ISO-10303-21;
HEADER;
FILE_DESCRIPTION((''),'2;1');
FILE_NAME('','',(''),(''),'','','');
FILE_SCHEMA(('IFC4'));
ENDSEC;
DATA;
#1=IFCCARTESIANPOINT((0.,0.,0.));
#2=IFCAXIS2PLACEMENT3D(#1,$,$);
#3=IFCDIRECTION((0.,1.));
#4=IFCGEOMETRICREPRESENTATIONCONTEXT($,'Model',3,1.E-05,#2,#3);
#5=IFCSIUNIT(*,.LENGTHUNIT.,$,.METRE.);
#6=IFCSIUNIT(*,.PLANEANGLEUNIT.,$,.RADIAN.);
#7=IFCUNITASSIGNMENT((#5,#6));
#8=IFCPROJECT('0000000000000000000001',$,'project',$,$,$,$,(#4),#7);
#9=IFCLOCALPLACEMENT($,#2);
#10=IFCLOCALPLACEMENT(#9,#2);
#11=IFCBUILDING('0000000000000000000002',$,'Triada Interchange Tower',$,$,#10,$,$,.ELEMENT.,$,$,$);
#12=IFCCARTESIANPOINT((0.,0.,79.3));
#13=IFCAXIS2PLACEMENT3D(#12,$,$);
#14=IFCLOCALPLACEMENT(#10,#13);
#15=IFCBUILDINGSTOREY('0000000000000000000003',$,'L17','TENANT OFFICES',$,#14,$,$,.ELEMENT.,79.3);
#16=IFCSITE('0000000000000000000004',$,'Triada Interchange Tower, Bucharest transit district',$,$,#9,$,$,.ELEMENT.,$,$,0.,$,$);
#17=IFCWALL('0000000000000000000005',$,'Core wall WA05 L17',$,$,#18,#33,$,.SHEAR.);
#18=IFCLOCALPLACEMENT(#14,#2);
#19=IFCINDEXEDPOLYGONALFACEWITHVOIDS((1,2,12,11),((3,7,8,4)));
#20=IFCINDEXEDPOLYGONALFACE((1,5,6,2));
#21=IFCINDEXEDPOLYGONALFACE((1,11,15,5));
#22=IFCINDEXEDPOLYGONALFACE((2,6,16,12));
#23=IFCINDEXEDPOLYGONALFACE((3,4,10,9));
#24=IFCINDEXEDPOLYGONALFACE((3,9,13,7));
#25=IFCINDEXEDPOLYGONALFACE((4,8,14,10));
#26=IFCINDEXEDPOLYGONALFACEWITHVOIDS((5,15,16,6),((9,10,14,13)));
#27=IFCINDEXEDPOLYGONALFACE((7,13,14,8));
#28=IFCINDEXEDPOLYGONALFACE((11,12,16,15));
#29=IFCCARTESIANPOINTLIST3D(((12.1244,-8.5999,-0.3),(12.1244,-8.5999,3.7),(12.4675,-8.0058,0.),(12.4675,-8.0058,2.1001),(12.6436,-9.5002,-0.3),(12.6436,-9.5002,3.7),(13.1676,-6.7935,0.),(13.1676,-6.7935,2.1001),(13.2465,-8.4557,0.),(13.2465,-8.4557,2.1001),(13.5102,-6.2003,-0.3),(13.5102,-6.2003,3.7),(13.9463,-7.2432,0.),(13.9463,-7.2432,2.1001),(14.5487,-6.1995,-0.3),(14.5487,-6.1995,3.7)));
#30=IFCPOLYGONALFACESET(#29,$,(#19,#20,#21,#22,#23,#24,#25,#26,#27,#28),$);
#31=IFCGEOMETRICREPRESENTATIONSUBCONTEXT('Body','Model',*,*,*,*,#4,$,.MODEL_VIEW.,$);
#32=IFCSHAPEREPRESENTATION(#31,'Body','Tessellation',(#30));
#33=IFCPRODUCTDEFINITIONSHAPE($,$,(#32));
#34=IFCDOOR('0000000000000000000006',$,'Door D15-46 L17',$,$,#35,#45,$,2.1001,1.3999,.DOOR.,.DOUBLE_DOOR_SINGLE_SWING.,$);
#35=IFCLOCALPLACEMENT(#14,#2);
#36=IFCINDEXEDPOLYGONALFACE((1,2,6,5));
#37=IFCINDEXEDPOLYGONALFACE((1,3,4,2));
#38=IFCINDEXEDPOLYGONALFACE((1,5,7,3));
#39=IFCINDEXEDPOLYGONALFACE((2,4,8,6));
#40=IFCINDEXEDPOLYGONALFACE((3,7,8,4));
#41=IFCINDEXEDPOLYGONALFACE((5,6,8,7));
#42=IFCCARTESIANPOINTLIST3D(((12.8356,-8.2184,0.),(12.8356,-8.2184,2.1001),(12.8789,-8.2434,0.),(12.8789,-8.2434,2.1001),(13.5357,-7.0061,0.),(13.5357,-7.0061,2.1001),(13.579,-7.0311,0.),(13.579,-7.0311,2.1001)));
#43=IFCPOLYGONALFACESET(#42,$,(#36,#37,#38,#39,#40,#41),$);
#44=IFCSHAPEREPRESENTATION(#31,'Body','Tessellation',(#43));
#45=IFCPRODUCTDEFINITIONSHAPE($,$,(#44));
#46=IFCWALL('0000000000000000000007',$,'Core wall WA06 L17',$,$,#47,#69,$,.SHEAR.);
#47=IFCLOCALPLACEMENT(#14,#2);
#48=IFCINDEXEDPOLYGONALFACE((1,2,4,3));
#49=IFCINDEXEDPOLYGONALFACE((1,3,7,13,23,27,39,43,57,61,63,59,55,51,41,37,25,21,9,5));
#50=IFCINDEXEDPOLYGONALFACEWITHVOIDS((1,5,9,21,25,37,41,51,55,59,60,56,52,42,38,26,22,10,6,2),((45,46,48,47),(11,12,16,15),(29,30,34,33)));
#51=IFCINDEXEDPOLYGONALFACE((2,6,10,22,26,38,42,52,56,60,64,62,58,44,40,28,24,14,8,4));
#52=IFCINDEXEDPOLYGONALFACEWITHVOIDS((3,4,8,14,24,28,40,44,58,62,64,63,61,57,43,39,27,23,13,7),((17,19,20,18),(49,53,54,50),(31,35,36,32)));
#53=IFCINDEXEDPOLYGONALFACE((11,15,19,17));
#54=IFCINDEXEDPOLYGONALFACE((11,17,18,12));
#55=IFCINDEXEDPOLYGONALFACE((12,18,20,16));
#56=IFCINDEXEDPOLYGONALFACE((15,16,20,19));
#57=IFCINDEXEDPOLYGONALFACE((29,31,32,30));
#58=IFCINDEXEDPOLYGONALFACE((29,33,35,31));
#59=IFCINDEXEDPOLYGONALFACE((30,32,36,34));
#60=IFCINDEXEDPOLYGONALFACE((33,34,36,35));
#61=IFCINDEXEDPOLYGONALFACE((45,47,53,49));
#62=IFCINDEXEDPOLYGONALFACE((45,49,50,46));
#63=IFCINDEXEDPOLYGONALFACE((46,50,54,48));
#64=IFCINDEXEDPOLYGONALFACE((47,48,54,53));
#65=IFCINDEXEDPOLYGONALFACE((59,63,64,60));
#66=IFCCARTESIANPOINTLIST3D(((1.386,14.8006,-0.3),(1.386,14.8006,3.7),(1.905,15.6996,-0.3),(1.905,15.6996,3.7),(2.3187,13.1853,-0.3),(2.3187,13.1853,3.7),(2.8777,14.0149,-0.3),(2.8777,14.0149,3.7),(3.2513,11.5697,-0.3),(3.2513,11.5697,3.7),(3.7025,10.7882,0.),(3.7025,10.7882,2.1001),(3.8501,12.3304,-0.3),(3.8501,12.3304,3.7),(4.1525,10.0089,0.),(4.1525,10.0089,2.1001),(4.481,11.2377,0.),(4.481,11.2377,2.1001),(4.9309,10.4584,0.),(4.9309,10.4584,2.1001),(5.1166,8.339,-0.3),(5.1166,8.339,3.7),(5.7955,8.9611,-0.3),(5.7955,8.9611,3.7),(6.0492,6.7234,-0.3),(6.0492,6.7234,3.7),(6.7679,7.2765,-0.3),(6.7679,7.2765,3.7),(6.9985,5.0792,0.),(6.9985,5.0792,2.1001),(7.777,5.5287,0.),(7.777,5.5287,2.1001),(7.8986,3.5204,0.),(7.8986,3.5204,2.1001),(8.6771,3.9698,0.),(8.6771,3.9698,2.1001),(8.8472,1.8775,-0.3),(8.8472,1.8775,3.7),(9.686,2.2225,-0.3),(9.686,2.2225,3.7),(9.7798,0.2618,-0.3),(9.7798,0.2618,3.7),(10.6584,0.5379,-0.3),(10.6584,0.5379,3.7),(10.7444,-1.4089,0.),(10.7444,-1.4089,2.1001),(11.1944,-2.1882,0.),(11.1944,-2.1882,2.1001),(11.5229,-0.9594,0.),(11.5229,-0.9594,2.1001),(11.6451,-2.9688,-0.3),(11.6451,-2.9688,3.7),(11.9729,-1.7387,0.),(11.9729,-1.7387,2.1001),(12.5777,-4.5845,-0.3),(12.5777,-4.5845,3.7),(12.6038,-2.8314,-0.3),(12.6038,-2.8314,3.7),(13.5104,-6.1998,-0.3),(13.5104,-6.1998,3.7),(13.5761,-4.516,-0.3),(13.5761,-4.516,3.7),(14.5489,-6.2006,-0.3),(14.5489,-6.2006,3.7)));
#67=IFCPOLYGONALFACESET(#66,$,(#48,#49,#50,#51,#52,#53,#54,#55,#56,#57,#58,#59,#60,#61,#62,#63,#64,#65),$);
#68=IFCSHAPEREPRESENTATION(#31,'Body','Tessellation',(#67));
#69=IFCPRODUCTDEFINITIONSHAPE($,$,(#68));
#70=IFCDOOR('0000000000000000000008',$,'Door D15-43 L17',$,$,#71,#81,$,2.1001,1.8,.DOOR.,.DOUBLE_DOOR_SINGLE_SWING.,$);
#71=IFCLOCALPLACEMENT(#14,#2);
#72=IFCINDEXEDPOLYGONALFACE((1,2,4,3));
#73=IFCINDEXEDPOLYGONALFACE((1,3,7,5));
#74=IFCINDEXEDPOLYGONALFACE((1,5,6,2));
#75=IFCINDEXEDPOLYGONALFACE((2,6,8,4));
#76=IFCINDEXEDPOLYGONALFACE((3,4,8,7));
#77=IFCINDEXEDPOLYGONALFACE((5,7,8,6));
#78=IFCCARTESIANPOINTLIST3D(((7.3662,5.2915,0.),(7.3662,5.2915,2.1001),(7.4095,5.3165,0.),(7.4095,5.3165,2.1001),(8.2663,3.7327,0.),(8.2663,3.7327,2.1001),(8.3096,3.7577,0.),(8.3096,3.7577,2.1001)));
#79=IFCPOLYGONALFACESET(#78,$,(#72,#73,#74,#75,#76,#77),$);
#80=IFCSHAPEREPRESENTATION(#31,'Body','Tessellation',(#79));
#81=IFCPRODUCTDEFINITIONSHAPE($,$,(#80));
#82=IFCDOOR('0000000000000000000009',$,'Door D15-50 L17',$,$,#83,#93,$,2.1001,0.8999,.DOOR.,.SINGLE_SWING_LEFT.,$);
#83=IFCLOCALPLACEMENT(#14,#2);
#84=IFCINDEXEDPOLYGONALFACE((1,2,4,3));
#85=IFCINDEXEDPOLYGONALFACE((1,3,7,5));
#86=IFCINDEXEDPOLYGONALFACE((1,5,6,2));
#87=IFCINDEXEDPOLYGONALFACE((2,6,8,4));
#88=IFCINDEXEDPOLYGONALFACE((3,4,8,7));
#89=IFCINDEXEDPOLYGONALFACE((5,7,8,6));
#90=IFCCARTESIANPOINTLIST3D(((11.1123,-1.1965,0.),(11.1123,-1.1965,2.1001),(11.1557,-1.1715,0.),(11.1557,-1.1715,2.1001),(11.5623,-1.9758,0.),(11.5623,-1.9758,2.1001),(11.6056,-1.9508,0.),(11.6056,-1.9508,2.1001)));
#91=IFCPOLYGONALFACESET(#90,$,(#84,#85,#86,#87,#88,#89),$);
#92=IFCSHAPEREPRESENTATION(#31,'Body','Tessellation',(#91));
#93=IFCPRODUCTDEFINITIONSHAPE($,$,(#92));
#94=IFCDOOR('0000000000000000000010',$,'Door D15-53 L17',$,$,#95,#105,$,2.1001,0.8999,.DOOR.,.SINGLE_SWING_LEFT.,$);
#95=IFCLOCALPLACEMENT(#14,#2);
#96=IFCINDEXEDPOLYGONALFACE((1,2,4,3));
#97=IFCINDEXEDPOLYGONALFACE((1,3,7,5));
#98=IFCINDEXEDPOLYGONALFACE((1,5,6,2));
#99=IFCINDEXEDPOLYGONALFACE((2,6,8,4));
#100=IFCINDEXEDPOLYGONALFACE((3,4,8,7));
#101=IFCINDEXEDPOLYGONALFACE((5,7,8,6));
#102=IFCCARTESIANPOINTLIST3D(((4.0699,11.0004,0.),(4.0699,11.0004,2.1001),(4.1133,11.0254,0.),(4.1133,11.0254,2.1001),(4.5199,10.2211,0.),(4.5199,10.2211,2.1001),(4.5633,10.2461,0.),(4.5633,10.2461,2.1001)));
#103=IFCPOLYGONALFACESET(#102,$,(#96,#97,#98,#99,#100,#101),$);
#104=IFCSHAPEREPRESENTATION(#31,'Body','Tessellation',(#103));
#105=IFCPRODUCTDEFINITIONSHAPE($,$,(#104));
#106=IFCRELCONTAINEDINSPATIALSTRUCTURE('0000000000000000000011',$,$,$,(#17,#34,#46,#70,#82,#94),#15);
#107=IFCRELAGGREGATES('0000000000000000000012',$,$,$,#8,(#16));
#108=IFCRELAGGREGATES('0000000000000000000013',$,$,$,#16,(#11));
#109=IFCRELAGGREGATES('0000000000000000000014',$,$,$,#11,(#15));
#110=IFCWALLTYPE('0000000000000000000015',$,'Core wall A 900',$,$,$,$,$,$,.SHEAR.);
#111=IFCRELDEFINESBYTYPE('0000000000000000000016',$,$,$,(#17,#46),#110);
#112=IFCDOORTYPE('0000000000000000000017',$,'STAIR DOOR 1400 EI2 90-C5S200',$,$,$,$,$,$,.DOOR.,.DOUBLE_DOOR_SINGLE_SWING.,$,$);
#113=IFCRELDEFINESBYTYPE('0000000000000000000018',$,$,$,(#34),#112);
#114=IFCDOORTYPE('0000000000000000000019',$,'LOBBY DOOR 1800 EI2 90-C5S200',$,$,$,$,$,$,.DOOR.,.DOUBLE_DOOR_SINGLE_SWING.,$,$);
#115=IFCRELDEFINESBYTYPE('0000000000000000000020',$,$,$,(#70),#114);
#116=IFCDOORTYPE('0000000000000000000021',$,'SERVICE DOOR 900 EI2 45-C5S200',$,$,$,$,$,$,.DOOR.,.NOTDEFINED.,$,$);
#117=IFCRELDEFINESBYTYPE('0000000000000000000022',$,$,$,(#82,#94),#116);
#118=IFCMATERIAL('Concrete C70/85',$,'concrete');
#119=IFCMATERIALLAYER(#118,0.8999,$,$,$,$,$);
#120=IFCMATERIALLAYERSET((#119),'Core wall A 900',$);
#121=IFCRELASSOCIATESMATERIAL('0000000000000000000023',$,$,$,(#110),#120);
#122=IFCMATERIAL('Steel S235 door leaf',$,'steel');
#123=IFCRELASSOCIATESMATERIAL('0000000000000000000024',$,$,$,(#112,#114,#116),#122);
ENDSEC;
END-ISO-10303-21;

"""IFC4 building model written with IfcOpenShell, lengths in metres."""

from ifc_helpers import new_model, si_unit, direction, frame, frame_2d, origin, place, context, subcontext, project, spatial, polyline, rectangle, outline, extrude, material, layer, layer_set, type_object, element, fill, save


model = new_model("IFC4")

# Units and contexts
model_context = context("Model", 3, precision=1e-05, world=origin(), true_north=direction((0.0, 1.0)))
body_context = subcontext(model_context, "Body", "Model", "MODEL_VIEW")
ifc_project = project(units=[si_unit("LENGTHUNIT", "METRE"), si_unit("PLANEANGLEUNIT", "RADIAN")], contexts=[model_context])

# Site, building, storey
site_placement = place(None, origin())
site = spatial("IfcSite", under=ifc_project, at=site_placement, Name="Triada Interchange Tower, Bucharest transit district", CompositionType="ELEMENT", RefElevation=0.0)
building_placement = place(site_placement, origin())
building = spatial("IfcBuilding", under=site, at=building_placement, Name="Triada Interchange Tower", CompositionType="ELEMENT")
storey_placement = place(building_placement, frame((0.0, 0.0, 79.3)))
storey = spatial("IfcBuildingStorey", under=building, at=storey_placement, Name="L17", Description="TENANT OFFICES", CompositionType="ELEMENT", Elevation=79.3)

# Shared definitions
ifc_material_1 = material(Name="Steel S235 door leaf", Category="steel")

# Wall, opening, door
ifc_material_2 = material(Name="Concrete C70/85", Category="concrete")
ifc_layer_1 = layer(ifc_material_2, 0.8999)
ifc_layer_set_1 = layer_set([ifc_layer_1], Name="Core wall A 900")
wall_type_1 = type_object("IfcWallType", Name="Core wall A 900", PredefinedType="SHEAR", material=ifc_layer_set_1)
wall_1_placement = place(storey_placement, frame((12.384, -9.05, -0.3), z_axis=(0.0, 0.0, 1.0), x_axis=(0.500112, 0.865961, 0.0)))
wall_1 = element("IfcWall", 1, at=wall_1_placement, inside=storey, type_object=wall_type_1, Name="Core wall WA05 L17", PredefinedType="SHEAR", context=body_context, shape_type="SweptSolid", body=[
    extrude(outline(polyline([(-0.26, -0.45), (1.6455, -0.4495), (3.551, -0.449), (3.031, 0.45), (1.6455, 0.45), (0.26, 0.45), (-0.26, -0.45)])), origin(), (0.0, 0.0, 1.0), 4.0),
])
opening_1_placement = place(wall_1_placement, frame((0.946, 0.0, 0.3)))
opening_1 = element("IfcOpeningElement", 2, at=opening_1_placement, cuts=wall_1, PredefinedType="OPENING", context=body_context, shape_type="SweptSolid", body=[
    extrude(rectangle(XDim=1.3999, YDim=2.1001, at=frame_2d((0.7, 1.05))), frame((0.0, 0.46, 0.0), z_axis=(0.0, -1.0, 0.0), x_axis=(1.0, 0.0, 0.0)), (0.0, 0.0, 1.0), 0.9199),
])
door_type_1 = type_object("IfcDoorType", Name="STAIR DOOR 1400 EI2 90-C5S200", OperationType="DOUBLE_DOOR_SINGLE_SWING", PredefinedType="DOOR", material=ifc_material_1)
door_1_placement = place(opening_1_placement, origin())
door_1 = element("IfcDoor", 3, at=door_1_placement, inside=storey, type_object=door_type_1, Name="Door D15-46 L17", OperationType="DOUBLE_DOOR_SINGLE_SWING", OverallHeight=2.1001, OverallWidth=1.3999, PredefinedType="DOOR", context=body_context, shape_type="SweptSolid", body=[
    extrude(rectangle(XDim=1.3999, YDim=2.1001, at=frame_2d((0.7, 1.05))), frame((0.0, 0.0249, 0.0), z_axis=(0.0, -1.0, 0.0), x_axis=(1.0, 0.0, 0.0)), (0.0, 0.0, 1.0), 0.05),
])
fill(opening_1, door_1)

# Wall, openings, doors
wall_2_placement = place(storey_placement, frame((14.03, -6.2, -0.3), z_axis=(0.0, 0.0, 1.0), x_axis=(-0.500026, 0.86601, 0.0)))
wall_2 = element("IfcWall", 4, at=wall_2_placement, inside=storey, type_object=wall_type_1, Name="Core wall WA06 L17", PredefinedType="SHEAR", context=body_context, shape_type="SweptSolid", body=[
    extrude(outline(polyline([(-0.26, -0.449), (1.6853, -0.449), (3.6304, -0.4492), (5.5757, -0.4492), (7.521, -0.4492), (9.4661, -0.4495), (11.4114, -0.4495), (13.3567, -0.4495), (15.302, -0.4495), (17.2471, -0.4497), (19.1924, -0.4497), (21.1377, -0.4497), (23.0828, -0.45), (25.0281, -0.45), (24.509, 0.449), (22.6438, 0.449), (20.7783, 0.4492), (18.9131, 0.4492), (17.0479, 0.4492), (15.1824, 0.4495), (13.3171, 0.4495), (11.4519, 0.4495), (9.5867, 0.4495), (7.7212, 0.4497), (5.856, 0.4497), (3.9907, 0.4497), (2.1252, 0.45), (0.26, 0.45), (-0.26, -0.449)])), origin(), (0.0, 0.0, 1.0), 4.0),
])
opening_2_placement = place(wall_2_placement, frame((11.4839, 0.0, 0.3)))
opening_2 = element("IfcOpeningElement", 5, at=opening_2_placement, cuts=wall_2, PredefinedType="OPENING", context=body_context, shape_type="SweptSolid", body=[
    extrude(rectangle(XDim=1.8, YDim=2.1001, at=frame_2d((0.8999, 1.05))), frame((0.0, 0.46, 0.0), z_axis=(0.0, -1.0, 0.0), x_axis=(1.0, 0.0, 0.0)), (0.0, 0.0, 1.0), 0.9199),
])
opening_3_placement = place(wall_2_placement, frame((4.8921, 0.0, 0.3)))
opening_3 = element("IfcOpeningElement", 6, at=opening_3_placement, cuts=wall_2, PredefinedType="OPENING", context=body_context, shape_type="SweptSolid", body=[
    extrude(rectangle(XDim=0.8999, YDim=2.1001, at=frame_2d((0.45, 1.05))), frame((0.0, 0.46, 0.0), z_axis=(0.0, -1.0, 0.0), x_axis=(1.0, 0.0, 0.0)), (0.0, 0.0, 1.0), 0.9199),
])
opening_4_placement = place(wall_2_placement, frame((18.9761, 0.0, 0.3)))
opening_4 = element("IfcOpeningElement", 7, at=opening_4_placement, cuts=wall_2, PredefinedType="OPENING", context=body_context, shape_type="SweptSolid", body=[
    extrude(rectangle(XDim=0.8999, YDim=2.1001, at=frame_2d((0.45, 1.05))), frame((0.0, 0.46, 0.0), z_axis=(0.0, -1.0, 0.0), x_axis=(1.0, 0.0, 0.0)), (0.0, 0.0, 1.0), 0.9199),
])
door_type_2 = type_object("IfcDoorType", Name="LOBBY DOOR 1800 EI2 90-C5S200", OperationType="DOUBLE_DOOR_SINGLE_SWING", PredefinedType="DOOR", material=ifc_material_1)
door_2_placement = place(opening_2_placement, origin())
door_2 = element("IfcDoor", 8, at=door_2_placement, inside=storey, type_object=door_type_2, Name="Door D15-43 L17", OperationType="DOUBLE_DOOR_SINGLE_SWING", OverallHeight=2.1001, OverallWidth=1.8, PredefinedType="DOOR", context=body_context, shape_type="SweptSolid", body=[
    extrude(rectangle(XDim=1.8, YDim=2.1001, at=frame_2d((0.8999, 1.05))), frame((0.0, 0.0249, 0.0), z_axis=(0.0, -1.0, 0.0), x_axis=(1.0, 0.0, 0.0)), (0.0, 0.0, 1.0), 0.05),
])
fill(opening_2, door_2)
door_type_3 = type_object("IfcDoorType", Name="SERVICE DOOR 900 EI2 45-C5S200", OperationType="NOTDEFINED", PredefinedType="DOOR", material=ifc_material_1)
door_3_placement = place(opening_3_placement, origin())
door_3 = element("IfcDoor", 9, at=door_3_placement, inside=storey, type_object=door_type_3, Name="Door D15-50 L17", OperationType="SINGLE_SWING_LEFT", OverallHeight=2.1001, OverallWidth=0.8999, PredefinedType="DOOR", context=body_context, shape_type="SweptSolid", body=[
    extrude(rectangle(XDim=0.8999, YDim=2.1001, at=frame_2d((0.45, 1.05))), frame((0.0, 0.0249, 0.0), z_axis=(0.0, -1.0, 0.0), x_axis=(1.0, 0.0, 0.0)), (0.0, 0.0, 1.0), 0.05),
])
fill(opening_3, door_3)
door_4_placement = place(opening_4_placement, origin())
door_4 = element("IfcDoor", 10, at=door_4_placement, inside=storey, type_object=door_type_3, Name="Door D15-53 L17", OperationType="SINGLE_SWING_LEFT", OverallHeight=2.1001, OverallWidth=0.8999, PredefinedType="DOOR", context=body_context, shape_type="SweptSolid", body=[
    extrude(rectangle(XDim=0.8999, YDim=2.1001, at=frame_2d((0.45, 1.05))), frame((0.0, 0.0249, 0.0), z_axis=(0.0, -1.0, 0.0), x_axis=(1.0, 0.0, 0.0)), (0.0, 0.0, 1.0), 0.05),
])
fill(opening_4, door_4)

save(model, "model.ifc")
